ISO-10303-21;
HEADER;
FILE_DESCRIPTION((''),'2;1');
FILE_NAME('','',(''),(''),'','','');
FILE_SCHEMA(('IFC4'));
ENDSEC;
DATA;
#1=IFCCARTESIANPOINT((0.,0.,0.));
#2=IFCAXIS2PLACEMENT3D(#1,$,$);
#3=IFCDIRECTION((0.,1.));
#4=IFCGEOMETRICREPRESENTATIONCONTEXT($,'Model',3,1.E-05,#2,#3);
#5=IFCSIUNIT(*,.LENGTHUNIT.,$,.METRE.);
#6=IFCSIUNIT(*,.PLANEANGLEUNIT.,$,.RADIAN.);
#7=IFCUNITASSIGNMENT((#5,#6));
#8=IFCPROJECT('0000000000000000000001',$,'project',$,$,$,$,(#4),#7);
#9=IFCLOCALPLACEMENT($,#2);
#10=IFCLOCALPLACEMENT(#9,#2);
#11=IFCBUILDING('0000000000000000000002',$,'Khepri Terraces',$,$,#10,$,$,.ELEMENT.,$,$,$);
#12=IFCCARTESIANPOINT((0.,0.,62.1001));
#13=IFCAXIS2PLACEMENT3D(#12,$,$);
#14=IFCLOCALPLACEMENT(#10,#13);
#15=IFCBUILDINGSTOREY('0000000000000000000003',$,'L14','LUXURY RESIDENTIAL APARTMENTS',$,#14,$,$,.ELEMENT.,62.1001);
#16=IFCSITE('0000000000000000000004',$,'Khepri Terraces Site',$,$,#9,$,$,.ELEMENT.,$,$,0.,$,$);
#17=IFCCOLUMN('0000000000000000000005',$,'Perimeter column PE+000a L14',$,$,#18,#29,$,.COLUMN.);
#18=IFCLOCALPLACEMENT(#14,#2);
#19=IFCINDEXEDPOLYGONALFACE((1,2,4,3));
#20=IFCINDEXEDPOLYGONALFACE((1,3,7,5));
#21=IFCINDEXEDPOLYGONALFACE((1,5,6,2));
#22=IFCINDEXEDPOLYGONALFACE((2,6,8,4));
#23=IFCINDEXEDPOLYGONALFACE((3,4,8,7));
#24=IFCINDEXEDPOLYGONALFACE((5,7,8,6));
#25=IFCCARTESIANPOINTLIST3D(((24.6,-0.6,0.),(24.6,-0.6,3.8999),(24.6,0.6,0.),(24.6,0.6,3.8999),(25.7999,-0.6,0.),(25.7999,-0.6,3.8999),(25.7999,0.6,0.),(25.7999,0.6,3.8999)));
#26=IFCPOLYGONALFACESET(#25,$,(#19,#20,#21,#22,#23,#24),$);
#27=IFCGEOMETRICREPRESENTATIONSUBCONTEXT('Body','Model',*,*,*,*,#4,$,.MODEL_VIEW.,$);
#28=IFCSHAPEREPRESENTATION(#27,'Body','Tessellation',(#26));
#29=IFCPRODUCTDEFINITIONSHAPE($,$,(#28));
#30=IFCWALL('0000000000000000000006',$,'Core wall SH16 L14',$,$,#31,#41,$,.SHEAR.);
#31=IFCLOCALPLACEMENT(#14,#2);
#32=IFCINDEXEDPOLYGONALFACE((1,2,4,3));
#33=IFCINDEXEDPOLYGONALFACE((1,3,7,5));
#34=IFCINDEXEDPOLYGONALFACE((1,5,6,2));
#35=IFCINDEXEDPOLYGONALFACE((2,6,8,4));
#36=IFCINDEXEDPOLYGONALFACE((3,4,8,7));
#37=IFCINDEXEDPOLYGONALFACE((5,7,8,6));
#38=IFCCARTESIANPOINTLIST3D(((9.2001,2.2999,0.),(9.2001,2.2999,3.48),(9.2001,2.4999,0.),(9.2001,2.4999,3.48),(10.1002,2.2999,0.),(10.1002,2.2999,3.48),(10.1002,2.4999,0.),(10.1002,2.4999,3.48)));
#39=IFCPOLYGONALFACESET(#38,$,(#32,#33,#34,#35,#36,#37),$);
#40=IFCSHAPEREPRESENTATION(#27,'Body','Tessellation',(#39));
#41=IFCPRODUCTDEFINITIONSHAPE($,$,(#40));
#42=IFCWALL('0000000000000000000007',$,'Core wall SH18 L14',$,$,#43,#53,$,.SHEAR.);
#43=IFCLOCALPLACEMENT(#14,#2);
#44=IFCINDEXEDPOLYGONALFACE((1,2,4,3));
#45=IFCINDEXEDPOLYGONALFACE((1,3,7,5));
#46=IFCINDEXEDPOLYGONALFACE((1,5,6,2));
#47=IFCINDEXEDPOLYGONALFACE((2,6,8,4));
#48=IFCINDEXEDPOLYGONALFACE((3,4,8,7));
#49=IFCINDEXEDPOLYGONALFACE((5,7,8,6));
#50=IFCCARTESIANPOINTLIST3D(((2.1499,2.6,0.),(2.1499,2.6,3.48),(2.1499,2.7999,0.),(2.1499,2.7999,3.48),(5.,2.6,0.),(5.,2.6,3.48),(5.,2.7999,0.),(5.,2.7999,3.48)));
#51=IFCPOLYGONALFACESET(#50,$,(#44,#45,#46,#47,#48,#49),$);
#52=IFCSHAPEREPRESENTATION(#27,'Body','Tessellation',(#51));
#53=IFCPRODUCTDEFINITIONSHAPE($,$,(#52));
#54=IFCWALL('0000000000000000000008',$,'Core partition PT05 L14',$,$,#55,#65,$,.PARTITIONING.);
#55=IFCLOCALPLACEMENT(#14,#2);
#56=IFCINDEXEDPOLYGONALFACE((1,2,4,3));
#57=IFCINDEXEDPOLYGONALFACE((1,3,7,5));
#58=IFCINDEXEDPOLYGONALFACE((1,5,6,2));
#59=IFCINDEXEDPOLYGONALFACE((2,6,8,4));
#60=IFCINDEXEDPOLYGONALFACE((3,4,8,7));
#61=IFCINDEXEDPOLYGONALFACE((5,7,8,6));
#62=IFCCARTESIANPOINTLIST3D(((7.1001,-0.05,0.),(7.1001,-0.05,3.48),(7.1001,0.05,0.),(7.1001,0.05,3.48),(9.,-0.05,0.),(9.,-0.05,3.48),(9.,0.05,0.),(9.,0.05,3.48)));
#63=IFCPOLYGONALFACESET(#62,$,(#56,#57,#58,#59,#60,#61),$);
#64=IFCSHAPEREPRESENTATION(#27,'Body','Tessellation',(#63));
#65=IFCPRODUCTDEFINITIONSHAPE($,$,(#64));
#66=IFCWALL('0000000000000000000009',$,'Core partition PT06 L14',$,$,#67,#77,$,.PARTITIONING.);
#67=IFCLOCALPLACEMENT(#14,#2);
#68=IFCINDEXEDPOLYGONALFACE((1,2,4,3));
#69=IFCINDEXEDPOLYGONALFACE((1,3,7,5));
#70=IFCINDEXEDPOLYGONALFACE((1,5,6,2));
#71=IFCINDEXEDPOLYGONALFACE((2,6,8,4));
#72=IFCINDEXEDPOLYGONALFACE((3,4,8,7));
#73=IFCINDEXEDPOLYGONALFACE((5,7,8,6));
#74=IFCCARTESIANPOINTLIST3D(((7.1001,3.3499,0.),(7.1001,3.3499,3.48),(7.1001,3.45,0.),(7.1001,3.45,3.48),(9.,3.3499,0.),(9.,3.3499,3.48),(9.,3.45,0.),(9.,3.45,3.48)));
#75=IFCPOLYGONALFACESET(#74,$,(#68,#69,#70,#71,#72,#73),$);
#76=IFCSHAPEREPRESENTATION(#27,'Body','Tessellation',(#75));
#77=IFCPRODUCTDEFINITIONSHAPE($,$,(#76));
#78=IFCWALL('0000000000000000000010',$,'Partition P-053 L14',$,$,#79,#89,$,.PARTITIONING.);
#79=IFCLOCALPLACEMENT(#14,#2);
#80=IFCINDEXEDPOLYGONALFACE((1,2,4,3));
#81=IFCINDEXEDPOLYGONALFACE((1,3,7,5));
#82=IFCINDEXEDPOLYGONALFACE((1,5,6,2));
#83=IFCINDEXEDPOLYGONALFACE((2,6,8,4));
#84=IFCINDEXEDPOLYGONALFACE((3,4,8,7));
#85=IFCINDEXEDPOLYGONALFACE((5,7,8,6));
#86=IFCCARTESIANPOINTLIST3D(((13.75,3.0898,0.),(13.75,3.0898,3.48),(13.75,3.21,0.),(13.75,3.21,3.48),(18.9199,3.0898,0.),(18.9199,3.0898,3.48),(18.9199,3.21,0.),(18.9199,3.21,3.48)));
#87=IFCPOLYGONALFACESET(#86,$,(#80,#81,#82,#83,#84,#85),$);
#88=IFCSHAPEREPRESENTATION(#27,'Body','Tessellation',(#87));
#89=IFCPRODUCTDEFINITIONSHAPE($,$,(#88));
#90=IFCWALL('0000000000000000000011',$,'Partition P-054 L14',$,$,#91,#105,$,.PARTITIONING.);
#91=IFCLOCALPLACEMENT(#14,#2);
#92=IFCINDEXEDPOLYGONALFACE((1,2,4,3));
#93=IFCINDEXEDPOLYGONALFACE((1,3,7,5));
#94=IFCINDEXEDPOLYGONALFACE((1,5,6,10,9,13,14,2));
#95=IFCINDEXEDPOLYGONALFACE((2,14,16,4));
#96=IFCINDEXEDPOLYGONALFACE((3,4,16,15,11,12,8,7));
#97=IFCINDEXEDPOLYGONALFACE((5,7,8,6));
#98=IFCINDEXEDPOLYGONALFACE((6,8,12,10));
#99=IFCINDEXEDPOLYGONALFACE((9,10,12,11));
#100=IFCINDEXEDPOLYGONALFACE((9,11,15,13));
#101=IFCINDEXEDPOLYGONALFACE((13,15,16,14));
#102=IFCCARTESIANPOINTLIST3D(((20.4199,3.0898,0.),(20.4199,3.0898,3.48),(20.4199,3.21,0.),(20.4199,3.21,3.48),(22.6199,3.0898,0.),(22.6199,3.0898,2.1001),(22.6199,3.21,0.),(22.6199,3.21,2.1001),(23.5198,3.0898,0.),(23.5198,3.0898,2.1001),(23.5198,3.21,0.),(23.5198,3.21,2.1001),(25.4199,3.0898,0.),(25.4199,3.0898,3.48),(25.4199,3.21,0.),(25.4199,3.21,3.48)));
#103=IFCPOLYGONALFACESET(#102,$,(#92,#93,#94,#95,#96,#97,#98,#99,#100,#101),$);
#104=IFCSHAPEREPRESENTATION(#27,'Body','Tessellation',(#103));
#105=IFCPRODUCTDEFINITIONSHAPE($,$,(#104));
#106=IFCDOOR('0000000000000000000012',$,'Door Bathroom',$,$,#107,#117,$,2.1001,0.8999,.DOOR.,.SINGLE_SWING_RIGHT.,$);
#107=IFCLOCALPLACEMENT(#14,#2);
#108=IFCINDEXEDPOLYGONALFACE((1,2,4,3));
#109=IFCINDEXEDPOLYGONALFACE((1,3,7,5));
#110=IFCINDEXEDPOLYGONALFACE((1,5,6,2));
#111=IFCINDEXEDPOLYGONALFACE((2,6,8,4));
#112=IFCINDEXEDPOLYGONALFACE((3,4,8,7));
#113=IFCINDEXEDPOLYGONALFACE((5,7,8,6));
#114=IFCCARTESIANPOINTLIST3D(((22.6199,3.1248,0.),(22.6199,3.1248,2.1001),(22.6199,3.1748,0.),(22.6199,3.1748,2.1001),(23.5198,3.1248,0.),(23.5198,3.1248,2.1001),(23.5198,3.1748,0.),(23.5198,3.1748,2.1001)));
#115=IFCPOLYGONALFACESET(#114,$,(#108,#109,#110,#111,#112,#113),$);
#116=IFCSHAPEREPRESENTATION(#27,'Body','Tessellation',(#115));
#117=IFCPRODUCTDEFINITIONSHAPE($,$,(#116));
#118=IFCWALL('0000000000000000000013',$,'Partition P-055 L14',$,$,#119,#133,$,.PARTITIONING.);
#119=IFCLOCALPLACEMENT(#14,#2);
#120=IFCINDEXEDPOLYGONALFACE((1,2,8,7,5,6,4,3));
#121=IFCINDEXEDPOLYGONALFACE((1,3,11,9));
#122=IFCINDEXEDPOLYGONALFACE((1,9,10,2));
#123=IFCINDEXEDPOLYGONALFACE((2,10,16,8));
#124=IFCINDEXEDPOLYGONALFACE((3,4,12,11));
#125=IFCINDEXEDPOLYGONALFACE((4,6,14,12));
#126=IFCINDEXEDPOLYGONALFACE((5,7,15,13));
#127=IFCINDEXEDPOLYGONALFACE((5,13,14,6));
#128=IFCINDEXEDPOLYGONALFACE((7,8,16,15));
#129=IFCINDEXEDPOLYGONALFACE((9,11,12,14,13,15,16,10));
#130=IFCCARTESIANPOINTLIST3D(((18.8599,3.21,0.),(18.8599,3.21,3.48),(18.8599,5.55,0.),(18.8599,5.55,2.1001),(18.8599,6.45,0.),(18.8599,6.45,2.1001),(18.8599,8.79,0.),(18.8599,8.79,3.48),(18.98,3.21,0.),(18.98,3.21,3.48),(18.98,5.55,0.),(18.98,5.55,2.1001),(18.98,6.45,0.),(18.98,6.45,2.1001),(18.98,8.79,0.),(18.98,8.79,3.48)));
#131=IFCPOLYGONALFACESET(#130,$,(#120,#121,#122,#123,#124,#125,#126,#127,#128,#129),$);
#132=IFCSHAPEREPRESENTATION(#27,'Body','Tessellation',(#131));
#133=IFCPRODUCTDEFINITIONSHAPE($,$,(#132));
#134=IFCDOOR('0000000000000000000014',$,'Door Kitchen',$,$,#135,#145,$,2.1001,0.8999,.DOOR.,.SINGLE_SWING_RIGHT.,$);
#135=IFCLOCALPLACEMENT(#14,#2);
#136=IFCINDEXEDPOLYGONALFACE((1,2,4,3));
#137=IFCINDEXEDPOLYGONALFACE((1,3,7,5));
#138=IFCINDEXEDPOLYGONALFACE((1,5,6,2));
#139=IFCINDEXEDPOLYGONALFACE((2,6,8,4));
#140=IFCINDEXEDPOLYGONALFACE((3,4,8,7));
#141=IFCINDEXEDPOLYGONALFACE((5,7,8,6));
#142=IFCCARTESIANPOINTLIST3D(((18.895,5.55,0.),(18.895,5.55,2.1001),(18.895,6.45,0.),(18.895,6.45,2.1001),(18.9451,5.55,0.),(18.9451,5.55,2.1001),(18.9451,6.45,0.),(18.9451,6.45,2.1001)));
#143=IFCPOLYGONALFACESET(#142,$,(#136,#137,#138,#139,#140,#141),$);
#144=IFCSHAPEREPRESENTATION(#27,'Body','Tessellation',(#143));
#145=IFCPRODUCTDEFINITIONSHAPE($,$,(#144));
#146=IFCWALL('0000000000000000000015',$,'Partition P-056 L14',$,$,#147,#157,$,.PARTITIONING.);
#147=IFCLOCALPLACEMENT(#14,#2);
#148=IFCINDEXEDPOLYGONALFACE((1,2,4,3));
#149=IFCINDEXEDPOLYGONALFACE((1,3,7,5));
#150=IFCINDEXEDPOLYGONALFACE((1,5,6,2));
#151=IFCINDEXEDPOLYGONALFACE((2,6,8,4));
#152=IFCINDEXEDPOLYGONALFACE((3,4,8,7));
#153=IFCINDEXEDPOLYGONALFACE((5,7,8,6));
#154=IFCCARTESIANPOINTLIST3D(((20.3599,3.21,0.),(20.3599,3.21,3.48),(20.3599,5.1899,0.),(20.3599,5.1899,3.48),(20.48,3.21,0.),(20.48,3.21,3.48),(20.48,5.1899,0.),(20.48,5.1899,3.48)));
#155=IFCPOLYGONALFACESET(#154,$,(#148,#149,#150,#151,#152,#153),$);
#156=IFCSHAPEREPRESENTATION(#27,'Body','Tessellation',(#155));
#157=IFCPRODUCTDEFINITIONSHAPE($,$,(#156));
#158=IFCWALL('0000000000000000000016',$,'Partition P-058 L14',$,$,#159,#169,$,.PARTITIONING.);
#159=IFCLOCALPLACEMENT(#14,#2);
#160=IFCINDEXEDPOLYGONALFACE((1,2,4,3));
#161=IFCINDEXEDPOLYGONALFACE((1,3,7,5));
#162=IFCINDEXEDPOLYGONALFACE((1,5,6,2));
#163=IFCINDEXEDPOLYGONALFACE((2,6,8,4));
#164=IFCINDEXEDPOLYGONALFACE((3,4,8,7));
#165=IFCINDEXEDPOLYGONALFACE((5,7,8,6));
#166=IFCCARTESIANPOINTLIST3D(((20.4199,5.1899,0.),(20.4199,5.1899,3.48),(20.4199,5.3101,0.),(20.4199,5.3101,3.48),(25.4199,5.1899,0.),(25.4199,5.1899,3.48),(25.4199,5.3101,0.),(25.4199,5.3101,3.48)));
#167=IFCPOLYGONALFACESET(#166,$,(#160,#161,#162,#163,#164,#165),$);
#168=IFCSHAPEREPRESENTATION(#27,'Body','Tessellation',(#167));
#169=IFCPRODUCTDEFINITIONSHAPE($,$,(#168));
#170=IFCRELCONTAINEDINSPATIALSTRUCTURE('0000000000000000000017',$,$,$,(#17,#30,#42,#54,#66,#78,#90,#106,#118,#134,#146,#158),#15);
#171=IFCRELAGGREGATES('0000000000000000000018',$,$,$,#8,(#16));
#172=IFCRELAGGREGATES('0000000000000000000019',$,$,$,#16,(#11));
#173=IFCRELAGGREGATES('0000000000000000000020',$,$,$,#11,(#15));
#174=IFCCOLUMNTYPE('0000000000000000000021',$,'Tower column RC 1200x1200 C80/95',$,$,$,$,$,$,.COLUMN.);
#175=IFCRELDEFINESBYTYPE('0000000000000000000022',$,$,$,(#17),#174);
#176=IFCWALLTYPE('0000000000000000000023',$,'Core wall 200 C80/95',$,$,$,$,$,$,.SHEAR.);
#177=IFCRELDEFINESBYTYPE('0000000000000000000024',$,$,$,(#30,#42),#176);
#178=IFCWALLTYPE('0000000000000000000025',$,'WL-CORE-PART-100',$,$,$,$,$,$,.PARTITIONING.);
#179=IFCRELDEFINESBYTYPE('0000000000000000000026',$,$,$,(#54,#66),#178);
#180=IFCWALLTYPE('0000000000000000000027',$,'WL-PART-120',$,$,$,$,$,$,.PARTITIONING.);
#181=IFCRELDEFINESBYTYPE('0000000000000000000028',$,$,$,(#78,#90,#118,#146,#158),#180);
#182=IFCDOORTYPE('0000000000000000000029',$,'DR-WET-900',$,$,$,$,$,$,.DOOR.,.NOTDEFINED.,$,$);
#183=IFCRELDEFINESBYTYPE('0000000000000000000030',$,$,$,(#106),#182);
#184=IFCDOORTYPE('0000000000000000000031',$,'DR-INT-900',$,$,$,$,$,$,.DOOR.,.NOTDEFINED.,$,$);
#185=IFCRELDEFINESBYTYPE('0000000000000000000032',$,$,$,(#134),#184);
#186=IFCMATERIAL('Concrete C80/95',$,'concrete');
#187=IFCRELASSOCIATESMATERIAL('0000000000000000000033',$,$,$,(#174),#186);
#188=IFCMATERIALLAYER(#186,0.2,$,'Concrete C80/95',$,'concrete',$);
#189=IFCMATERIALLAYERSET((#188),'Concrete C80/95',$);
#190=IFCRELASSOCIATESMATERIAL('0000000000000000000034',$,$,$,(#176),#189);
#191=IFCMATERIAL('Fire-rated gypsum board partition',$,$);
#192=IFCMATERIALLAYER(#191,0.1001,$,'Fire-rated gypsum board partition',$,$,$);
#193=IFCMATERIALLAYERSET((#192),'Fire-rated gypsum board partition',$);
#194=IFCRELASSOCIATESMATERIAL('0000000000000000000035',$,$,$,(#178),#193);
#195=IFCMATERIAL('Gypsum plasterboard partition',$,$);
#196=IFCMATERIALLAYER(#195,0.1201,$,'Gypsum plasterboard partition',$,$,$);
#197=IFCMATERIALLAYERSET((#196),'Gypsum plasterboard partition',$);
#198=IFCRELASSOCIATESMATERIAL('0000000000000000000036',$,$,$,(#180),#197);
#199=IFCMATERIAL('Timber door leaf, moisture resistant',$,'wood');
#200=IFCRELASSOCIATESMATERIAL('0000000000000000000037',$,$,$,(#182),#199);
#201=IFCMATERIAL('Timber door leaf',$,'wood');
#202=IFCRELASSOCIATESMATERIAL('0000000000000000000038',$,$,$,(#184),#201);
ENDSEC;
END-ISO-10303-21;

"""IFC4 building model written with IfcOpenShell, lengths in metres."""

from ifc_helpers import new_model, si_unit, direction, frame, frame_2d, origin, origin_2d, place, context, subcontext, project, spatial, rectangle, extrude, material, layer, layer_set, material_profile, profile_set, type_object, element, fill, save


model = new_model("IFC4")

# Units and contexts
model_context = context("Model", 3, precision=1e-05, world=origin(), true_north=direction((0.0, 1.0)))
body_context = subcontext(model_context, "Body", "Model", "MODEL_VIEW")
ifc_project = project(units=[si_unit("LENGTHUNIT", "METRE"), si_unit("PLANEANGLEUNIT", "RADIAN")], contexts=[model_context])

# Site, building, storey
site_placement = place(None, origin())
site = spatial("IfcSite", under=ifc_project, at=site_placement, Name="Khepri Terraces Site", CompositionType="ELEMENT", RefElevation=0.0)
building_placement = place(site_placement, origin())
building = spatial("IfcBuilding", under=site, at=building_placement, Name="Khepri Terraces", CompositionType="ELEMENT")
storey_placement = place(building_placement, frame((0.0, 0.0, 62.1001)))
storey = spatial("IfcBuildingStorey", under=building, at=storey_placement, Name="L14", Description="LUXURY RESIDENTIAL APARTMENTS", CompositionType="ELEMENT", Elevation=62.1001)

# Column
ifc_material_1 = material(Name="Concrete C80/95", Category="concrete")
ifc_material_profile = material_profile(ifc_material_1, rectangle(XDim=1.2, YDim=1.2, at=origin_2d()), Name="Concrete C80/95", Category="concrete")
ifc_profile_set = profile_set([ifc_material_profile], Name="Concrete C80/95")
column_type = type_object("IfcColumnType", Name="Tower column RC 1200x1200 C80/95", PredefinedType="COLUMN", material=ifc_profile_set)
column_placement = place(storey_placement, frame((25.2, 0.0, 0.0), z_axis=(0.0, 0.0, 1.0), x_axis=(1.0, 0.0, 0.0)))
element("IfcColumn", 1, at=column_placement, inside=storey, type_object=column_type, Name="Perimeter column PE+000a L14", PredefinedType="COLUMN", context=body_context, shape_type="SweptSolid", body=[
    extrude(rectangle(XDim=1.2, YDim=1.2, at=origin_2d()), origin(), (0.0, 0.0, 1.0), 3.8999),
])

# Walls
ifc_layer_1 = layer(ifc_material_1, 0.2, Name="Concrete C80/95", Category="concrete")
ifc_layer_set_1 = layer_set([ifc_layer_1], Name="Concrete C80/95")
wall_type_1 = type_object("IfcWallType", Name="Core wall 200 C80/95", PredefinedType="SHEAR", material=ifc_layer_set_1)
wall_1_placement = place(storey_placement, frame((9.2, 2.3999, 0.0), z_axis=(0.0, 0.0, 1.0), x_axis=(1.0, 0.0, 0.0)))
element("IfcWall", 2, at=wall_1_placement, inside=storey, type_object=wall_type_1, Name="Core wall SH16 L14", PredefinedType="SHEAR", context=body_context, shape_type="SweptSolid", body=[
    extrude(rectangle(XDim=0.9001, YDim=0.2, at=frame_2d((0.4502, 0.0))), origin(), (0.0, 0.0, 1.0), 3.48),
])
wall_2_placement = place(storey_placement, frame((2.1499, 2.7, 0.0), z_axis=(0.0, 0.0, 1.0), x_axis=(1.0, 0.0, 0.0)))
element("IfcWall", 3, at=wall_2_placement, inside=storey, type_object=wall_type_1, Name="Core wall SH18 L14", PredefinedType="SHEAR", context=body_context, shape_type="SweptSolid", body=[
    extrude(rectangle(XDim=2.8501, YDim=0.2, at=frame_2d((1.425, 0.0))), origin(), (0.0, 0.0, 1.0), 3.48),
])
ifc_material_2 = material(Name="Fire-rated gypsum board partition")
ifc_layer_2 = layer(ifc_material_2, 0.1001, Name="Fire-rated gypsum board partition")
ifc_layer_set_2 = layer_set([ifc_layer_2], Name="Fire-rated gypsum board partition")
wall_type_2 = type_object("IfcWallType", Name="WL-CORE-PART-100", PredefinedType="PARTITIONING", material=ifc_layer_set_2)
for number, where, z_axis, x_axis, name in (
    (4, (7.1001, 0.0, 0.0), (0.0, 0.0, 1.0), (1.0, 0.0, 0.0), "Core partition PT05 L14"),
    (5, (7.1001, 3.3999, 0.0), (0.0, 0.0, 1.0), (1.0, 0.0, 0.0), "Core partition PT06 L14"),
):
    element("IfcWall", number, at=place(storey_placement, frame(where, z_axis=z_axis, x_axis=x_axis)), inside=storey, type_object=wall_type_2, Name=name, PredefinedType="PARTITIONING", context=body_context, shape_type="SweptSolid", body=[
        extrude(rectangle(XDim=1.8999, YDim=0.1001, at=frame_2d((0.95, 0.0))), origin(), (0.0, 0.0, 1.0), 3.48),
    ])

# Wall
ifc_material_3 = material(Name="Gypsum plasterboard partition")
ifc_layer_3 = layer(ifc_material_3, 0.1201, Name="Gypsum plasterboard partition")
ifc_layer_set_3 = layer_set([ifc_layer_3], Name="Gypsum plasterboard partition")
wall_type_3 = type_object("IfcWallType", Name="WL-PART-120", PredefinedType="PARTITIONING", material=ifc_layer_set_3)
wall_3_placement = place(storey_placement, frame((13.75, 3.1499, 0.0), z_axis=(0.0, 0.0, 1.0), x_axis=(1.0, 0.0, 0.0)))
element("IfcWall", 6, at=wall_3_placement, inside=storey, type_object=wall_type_3, Name="Partition P-053 L14", PredefinedType="PARTITIONING", context=body_context, shape_type="SweptSolid", body=[
    extrude(rectangle(XDim=5.1699, YDim=0.1201, at=frame_2d((2.585, 0.0))), origin(), (0.0, 0.0, 1.0), 3.48),
])

# Walls, openings, doors
wall_4_placement = place(storey_placement, frame((20.4199, 3.1499, 0.0), z_axis=(0.0, 0.0, 1.0), x_axis=(1.0, 0.0, 0.0)))
wall_4 = element("IfcWall", 7, at=wall_4_placement, inside=storey, type_object=wall_type_3, Name="Partition P-054 L14", PredefinedType="PARTITIONING", context=body_context, shape_type="SweptSolid", body=[
    extrude(rectangle(XDim=5.0, YDim=0.1201, at=frame_2d((2.5, 0.0))), origin(), (0.0, 0.0, 1.0), 3.48),
])
opening_1_placement = place(wall_4_placement, frame((2.2, 0.0, 0.0)))
opening_1 = element("IfcOpeningElement", 8, at=opening_1_placement, cuts=wall_4, PredefinedType="OPENING", context=body_context, shape_type="SweptSolid", body=[
    extrude(rectangle(XDim=0.8999, YDim=2.1001, at=frame_2d((0.45, 1.05))), frame((0.0, 0.0701, 0.0), z_axis=(0.0, -1.0, 0.0), x_axis=(1.0, 0.0, 0.0)), (0.0, 0.0, 1.0), 0.1401),
])
ifc_material_4 = material(Name="Timber door leaf, moisture resistant", Category="wood")
door_type_1 = type_object("IfcDoorType", Name="DR-WET-900", OperationType="NOTDEFINED", PredefinedType="DOOR", material=ifc_material_4)
door_1_placement = place(opening_1_placement, origin())
door_1 = element("IfcDoor", 9, at=door_1_placement, inside=storey, type_object=door_type_1, Name="Door Bathroom", OperationType="SINGLE_SWING_RIGHT", OverallHeight=2.1001, OverallWidth=0.8999, PredefinedType="DOOR", context=body_context, shape_type="SweptSolid", body=[
    extrude(rectangle(XDim=0.8999, YDim=2.1001, at=frame_2d((0.45, 1.05))), frame((0.0, 0.0249, 0.0), z_axis=(0.0, -1.0, 0.0), x_axis=(1.0, 0.0, 0.0)), (0.0, 0.0, 1.0), 0.05),
])
fill(opening_1, door_1)
wall_5_placement = place(storey_placement, frame((18.9199, 3.21, 0.0), z_axis=(0.0, 0.0, 1.0), x_axis=(0.0, 1.0, 0.0)))
wall_5 = element("IfcWall", 10, at=wall_5_placement, inside=storey, type_object=wall_type_3, Name="Partition P-055 L14", PredefinedType="PARTITIONING", context=body_context, shape_type="SweptSolid", body=[
    extrude(rectangle(XDim=5.5801, YDim=0.1201, at=frame_2d((2.79, 0.0))), origin(), (0.0, 0.0, 1.0), 3.48),
])
opening_2_placement = place(wall_5_placement, frame((2.3401, 0.0, 0.0)))
opening_2 = element("IfcOpeningElement", 11, at=opening_2_placement, cuts=wall_5, PredefinedType="OPENING", context=body_context, shape_type="SweptSolid", body=[
    extrude(rectangle(XDim=0.8999, YDim=2.1001, at=frame_2d((0.45, 1.05))), frame((0.0, 0.0701, 0.0), z_axis=(0.0, -1.0, 0.0), x_axis=(1.0, 0.0, 0.0)), (0.0, 0.0, 1.0), 0.1401),
])
ifc_material_5 = material(Name="Timber door leaf", Category="wood")
door_type_2 = type_object("IfcDoorType", Name="DR-INT-900", OperationType="NOTDEFINED", PredefinedType="DOOR", material=ifc_material_5)
door_2_placement = place(opening_2_placement, origin())
door_2 = element("IfcDoor", 12, at=door_2_placement, inside=storey, type_object=door_type_2, Name="Door Kitchen", OperationType="SINGLE_SWING_RIGHT", OverallHeight=2.1001, OverallWidth=0.8999, PredefinedType="DOOR", context=body_context, shape_type="SweptSolid", body=[
    extrude(rectangle(XDim=0.8999, YDim=2.1001, at=frame_2d((0.45, 1.05))), frame((0.0, 0.0249, 0.0), z_axis=(0.0, -1.0, 0.0), x_axis=(1.0, 0.0, 0.0)), (0.0, 0.0, 1.0), 0.05),
])
fill(opening_2, door_2)

# Walls
wall_6_placement = place(storey_placement, frame((20.4199, 3.21, 0.0), z_axis=(0.0, 0.0, 1.0), x_axis=(0.0, 1.0, 0.0)))
element("IfcWall", 13, at=wall_6_placement, inside=storey, type_object=wall_type_3, Name="Partition P-056 L14", PredefinedType="PARTITIONING", context=body_context, shape_type="SweptSolid", body=[
    extrude(rectangle(XDim=1.98, YDim=0.1201, at=frame_2d((0.99, 0.0))), origin(), (0.0, 0.0, 1.0), 3.48),
])
wall_7_placement = place(storey_placement, frame((20.4199, 5.25, 0.0), z_axis=(0.0, 0.0, 1.0), x_axis=(1.0, 0.0, 0.0)))
element("IfcWall", 14, at=wall_7_placement, inside=storey, type_object=wall_type_3, Name="Partition P-058 L14", PredefinedType="PARTITIONING", context=body_context, shape_type="SweptSolid", body=[
    extrude(rectangle(XDim=5.0, YDim=0.1201, at=frame_2d((2.5, 0.0))), origin(), (0.0, 0.0, 1.0), 3.48),
])

save(model, "model.ifc")
